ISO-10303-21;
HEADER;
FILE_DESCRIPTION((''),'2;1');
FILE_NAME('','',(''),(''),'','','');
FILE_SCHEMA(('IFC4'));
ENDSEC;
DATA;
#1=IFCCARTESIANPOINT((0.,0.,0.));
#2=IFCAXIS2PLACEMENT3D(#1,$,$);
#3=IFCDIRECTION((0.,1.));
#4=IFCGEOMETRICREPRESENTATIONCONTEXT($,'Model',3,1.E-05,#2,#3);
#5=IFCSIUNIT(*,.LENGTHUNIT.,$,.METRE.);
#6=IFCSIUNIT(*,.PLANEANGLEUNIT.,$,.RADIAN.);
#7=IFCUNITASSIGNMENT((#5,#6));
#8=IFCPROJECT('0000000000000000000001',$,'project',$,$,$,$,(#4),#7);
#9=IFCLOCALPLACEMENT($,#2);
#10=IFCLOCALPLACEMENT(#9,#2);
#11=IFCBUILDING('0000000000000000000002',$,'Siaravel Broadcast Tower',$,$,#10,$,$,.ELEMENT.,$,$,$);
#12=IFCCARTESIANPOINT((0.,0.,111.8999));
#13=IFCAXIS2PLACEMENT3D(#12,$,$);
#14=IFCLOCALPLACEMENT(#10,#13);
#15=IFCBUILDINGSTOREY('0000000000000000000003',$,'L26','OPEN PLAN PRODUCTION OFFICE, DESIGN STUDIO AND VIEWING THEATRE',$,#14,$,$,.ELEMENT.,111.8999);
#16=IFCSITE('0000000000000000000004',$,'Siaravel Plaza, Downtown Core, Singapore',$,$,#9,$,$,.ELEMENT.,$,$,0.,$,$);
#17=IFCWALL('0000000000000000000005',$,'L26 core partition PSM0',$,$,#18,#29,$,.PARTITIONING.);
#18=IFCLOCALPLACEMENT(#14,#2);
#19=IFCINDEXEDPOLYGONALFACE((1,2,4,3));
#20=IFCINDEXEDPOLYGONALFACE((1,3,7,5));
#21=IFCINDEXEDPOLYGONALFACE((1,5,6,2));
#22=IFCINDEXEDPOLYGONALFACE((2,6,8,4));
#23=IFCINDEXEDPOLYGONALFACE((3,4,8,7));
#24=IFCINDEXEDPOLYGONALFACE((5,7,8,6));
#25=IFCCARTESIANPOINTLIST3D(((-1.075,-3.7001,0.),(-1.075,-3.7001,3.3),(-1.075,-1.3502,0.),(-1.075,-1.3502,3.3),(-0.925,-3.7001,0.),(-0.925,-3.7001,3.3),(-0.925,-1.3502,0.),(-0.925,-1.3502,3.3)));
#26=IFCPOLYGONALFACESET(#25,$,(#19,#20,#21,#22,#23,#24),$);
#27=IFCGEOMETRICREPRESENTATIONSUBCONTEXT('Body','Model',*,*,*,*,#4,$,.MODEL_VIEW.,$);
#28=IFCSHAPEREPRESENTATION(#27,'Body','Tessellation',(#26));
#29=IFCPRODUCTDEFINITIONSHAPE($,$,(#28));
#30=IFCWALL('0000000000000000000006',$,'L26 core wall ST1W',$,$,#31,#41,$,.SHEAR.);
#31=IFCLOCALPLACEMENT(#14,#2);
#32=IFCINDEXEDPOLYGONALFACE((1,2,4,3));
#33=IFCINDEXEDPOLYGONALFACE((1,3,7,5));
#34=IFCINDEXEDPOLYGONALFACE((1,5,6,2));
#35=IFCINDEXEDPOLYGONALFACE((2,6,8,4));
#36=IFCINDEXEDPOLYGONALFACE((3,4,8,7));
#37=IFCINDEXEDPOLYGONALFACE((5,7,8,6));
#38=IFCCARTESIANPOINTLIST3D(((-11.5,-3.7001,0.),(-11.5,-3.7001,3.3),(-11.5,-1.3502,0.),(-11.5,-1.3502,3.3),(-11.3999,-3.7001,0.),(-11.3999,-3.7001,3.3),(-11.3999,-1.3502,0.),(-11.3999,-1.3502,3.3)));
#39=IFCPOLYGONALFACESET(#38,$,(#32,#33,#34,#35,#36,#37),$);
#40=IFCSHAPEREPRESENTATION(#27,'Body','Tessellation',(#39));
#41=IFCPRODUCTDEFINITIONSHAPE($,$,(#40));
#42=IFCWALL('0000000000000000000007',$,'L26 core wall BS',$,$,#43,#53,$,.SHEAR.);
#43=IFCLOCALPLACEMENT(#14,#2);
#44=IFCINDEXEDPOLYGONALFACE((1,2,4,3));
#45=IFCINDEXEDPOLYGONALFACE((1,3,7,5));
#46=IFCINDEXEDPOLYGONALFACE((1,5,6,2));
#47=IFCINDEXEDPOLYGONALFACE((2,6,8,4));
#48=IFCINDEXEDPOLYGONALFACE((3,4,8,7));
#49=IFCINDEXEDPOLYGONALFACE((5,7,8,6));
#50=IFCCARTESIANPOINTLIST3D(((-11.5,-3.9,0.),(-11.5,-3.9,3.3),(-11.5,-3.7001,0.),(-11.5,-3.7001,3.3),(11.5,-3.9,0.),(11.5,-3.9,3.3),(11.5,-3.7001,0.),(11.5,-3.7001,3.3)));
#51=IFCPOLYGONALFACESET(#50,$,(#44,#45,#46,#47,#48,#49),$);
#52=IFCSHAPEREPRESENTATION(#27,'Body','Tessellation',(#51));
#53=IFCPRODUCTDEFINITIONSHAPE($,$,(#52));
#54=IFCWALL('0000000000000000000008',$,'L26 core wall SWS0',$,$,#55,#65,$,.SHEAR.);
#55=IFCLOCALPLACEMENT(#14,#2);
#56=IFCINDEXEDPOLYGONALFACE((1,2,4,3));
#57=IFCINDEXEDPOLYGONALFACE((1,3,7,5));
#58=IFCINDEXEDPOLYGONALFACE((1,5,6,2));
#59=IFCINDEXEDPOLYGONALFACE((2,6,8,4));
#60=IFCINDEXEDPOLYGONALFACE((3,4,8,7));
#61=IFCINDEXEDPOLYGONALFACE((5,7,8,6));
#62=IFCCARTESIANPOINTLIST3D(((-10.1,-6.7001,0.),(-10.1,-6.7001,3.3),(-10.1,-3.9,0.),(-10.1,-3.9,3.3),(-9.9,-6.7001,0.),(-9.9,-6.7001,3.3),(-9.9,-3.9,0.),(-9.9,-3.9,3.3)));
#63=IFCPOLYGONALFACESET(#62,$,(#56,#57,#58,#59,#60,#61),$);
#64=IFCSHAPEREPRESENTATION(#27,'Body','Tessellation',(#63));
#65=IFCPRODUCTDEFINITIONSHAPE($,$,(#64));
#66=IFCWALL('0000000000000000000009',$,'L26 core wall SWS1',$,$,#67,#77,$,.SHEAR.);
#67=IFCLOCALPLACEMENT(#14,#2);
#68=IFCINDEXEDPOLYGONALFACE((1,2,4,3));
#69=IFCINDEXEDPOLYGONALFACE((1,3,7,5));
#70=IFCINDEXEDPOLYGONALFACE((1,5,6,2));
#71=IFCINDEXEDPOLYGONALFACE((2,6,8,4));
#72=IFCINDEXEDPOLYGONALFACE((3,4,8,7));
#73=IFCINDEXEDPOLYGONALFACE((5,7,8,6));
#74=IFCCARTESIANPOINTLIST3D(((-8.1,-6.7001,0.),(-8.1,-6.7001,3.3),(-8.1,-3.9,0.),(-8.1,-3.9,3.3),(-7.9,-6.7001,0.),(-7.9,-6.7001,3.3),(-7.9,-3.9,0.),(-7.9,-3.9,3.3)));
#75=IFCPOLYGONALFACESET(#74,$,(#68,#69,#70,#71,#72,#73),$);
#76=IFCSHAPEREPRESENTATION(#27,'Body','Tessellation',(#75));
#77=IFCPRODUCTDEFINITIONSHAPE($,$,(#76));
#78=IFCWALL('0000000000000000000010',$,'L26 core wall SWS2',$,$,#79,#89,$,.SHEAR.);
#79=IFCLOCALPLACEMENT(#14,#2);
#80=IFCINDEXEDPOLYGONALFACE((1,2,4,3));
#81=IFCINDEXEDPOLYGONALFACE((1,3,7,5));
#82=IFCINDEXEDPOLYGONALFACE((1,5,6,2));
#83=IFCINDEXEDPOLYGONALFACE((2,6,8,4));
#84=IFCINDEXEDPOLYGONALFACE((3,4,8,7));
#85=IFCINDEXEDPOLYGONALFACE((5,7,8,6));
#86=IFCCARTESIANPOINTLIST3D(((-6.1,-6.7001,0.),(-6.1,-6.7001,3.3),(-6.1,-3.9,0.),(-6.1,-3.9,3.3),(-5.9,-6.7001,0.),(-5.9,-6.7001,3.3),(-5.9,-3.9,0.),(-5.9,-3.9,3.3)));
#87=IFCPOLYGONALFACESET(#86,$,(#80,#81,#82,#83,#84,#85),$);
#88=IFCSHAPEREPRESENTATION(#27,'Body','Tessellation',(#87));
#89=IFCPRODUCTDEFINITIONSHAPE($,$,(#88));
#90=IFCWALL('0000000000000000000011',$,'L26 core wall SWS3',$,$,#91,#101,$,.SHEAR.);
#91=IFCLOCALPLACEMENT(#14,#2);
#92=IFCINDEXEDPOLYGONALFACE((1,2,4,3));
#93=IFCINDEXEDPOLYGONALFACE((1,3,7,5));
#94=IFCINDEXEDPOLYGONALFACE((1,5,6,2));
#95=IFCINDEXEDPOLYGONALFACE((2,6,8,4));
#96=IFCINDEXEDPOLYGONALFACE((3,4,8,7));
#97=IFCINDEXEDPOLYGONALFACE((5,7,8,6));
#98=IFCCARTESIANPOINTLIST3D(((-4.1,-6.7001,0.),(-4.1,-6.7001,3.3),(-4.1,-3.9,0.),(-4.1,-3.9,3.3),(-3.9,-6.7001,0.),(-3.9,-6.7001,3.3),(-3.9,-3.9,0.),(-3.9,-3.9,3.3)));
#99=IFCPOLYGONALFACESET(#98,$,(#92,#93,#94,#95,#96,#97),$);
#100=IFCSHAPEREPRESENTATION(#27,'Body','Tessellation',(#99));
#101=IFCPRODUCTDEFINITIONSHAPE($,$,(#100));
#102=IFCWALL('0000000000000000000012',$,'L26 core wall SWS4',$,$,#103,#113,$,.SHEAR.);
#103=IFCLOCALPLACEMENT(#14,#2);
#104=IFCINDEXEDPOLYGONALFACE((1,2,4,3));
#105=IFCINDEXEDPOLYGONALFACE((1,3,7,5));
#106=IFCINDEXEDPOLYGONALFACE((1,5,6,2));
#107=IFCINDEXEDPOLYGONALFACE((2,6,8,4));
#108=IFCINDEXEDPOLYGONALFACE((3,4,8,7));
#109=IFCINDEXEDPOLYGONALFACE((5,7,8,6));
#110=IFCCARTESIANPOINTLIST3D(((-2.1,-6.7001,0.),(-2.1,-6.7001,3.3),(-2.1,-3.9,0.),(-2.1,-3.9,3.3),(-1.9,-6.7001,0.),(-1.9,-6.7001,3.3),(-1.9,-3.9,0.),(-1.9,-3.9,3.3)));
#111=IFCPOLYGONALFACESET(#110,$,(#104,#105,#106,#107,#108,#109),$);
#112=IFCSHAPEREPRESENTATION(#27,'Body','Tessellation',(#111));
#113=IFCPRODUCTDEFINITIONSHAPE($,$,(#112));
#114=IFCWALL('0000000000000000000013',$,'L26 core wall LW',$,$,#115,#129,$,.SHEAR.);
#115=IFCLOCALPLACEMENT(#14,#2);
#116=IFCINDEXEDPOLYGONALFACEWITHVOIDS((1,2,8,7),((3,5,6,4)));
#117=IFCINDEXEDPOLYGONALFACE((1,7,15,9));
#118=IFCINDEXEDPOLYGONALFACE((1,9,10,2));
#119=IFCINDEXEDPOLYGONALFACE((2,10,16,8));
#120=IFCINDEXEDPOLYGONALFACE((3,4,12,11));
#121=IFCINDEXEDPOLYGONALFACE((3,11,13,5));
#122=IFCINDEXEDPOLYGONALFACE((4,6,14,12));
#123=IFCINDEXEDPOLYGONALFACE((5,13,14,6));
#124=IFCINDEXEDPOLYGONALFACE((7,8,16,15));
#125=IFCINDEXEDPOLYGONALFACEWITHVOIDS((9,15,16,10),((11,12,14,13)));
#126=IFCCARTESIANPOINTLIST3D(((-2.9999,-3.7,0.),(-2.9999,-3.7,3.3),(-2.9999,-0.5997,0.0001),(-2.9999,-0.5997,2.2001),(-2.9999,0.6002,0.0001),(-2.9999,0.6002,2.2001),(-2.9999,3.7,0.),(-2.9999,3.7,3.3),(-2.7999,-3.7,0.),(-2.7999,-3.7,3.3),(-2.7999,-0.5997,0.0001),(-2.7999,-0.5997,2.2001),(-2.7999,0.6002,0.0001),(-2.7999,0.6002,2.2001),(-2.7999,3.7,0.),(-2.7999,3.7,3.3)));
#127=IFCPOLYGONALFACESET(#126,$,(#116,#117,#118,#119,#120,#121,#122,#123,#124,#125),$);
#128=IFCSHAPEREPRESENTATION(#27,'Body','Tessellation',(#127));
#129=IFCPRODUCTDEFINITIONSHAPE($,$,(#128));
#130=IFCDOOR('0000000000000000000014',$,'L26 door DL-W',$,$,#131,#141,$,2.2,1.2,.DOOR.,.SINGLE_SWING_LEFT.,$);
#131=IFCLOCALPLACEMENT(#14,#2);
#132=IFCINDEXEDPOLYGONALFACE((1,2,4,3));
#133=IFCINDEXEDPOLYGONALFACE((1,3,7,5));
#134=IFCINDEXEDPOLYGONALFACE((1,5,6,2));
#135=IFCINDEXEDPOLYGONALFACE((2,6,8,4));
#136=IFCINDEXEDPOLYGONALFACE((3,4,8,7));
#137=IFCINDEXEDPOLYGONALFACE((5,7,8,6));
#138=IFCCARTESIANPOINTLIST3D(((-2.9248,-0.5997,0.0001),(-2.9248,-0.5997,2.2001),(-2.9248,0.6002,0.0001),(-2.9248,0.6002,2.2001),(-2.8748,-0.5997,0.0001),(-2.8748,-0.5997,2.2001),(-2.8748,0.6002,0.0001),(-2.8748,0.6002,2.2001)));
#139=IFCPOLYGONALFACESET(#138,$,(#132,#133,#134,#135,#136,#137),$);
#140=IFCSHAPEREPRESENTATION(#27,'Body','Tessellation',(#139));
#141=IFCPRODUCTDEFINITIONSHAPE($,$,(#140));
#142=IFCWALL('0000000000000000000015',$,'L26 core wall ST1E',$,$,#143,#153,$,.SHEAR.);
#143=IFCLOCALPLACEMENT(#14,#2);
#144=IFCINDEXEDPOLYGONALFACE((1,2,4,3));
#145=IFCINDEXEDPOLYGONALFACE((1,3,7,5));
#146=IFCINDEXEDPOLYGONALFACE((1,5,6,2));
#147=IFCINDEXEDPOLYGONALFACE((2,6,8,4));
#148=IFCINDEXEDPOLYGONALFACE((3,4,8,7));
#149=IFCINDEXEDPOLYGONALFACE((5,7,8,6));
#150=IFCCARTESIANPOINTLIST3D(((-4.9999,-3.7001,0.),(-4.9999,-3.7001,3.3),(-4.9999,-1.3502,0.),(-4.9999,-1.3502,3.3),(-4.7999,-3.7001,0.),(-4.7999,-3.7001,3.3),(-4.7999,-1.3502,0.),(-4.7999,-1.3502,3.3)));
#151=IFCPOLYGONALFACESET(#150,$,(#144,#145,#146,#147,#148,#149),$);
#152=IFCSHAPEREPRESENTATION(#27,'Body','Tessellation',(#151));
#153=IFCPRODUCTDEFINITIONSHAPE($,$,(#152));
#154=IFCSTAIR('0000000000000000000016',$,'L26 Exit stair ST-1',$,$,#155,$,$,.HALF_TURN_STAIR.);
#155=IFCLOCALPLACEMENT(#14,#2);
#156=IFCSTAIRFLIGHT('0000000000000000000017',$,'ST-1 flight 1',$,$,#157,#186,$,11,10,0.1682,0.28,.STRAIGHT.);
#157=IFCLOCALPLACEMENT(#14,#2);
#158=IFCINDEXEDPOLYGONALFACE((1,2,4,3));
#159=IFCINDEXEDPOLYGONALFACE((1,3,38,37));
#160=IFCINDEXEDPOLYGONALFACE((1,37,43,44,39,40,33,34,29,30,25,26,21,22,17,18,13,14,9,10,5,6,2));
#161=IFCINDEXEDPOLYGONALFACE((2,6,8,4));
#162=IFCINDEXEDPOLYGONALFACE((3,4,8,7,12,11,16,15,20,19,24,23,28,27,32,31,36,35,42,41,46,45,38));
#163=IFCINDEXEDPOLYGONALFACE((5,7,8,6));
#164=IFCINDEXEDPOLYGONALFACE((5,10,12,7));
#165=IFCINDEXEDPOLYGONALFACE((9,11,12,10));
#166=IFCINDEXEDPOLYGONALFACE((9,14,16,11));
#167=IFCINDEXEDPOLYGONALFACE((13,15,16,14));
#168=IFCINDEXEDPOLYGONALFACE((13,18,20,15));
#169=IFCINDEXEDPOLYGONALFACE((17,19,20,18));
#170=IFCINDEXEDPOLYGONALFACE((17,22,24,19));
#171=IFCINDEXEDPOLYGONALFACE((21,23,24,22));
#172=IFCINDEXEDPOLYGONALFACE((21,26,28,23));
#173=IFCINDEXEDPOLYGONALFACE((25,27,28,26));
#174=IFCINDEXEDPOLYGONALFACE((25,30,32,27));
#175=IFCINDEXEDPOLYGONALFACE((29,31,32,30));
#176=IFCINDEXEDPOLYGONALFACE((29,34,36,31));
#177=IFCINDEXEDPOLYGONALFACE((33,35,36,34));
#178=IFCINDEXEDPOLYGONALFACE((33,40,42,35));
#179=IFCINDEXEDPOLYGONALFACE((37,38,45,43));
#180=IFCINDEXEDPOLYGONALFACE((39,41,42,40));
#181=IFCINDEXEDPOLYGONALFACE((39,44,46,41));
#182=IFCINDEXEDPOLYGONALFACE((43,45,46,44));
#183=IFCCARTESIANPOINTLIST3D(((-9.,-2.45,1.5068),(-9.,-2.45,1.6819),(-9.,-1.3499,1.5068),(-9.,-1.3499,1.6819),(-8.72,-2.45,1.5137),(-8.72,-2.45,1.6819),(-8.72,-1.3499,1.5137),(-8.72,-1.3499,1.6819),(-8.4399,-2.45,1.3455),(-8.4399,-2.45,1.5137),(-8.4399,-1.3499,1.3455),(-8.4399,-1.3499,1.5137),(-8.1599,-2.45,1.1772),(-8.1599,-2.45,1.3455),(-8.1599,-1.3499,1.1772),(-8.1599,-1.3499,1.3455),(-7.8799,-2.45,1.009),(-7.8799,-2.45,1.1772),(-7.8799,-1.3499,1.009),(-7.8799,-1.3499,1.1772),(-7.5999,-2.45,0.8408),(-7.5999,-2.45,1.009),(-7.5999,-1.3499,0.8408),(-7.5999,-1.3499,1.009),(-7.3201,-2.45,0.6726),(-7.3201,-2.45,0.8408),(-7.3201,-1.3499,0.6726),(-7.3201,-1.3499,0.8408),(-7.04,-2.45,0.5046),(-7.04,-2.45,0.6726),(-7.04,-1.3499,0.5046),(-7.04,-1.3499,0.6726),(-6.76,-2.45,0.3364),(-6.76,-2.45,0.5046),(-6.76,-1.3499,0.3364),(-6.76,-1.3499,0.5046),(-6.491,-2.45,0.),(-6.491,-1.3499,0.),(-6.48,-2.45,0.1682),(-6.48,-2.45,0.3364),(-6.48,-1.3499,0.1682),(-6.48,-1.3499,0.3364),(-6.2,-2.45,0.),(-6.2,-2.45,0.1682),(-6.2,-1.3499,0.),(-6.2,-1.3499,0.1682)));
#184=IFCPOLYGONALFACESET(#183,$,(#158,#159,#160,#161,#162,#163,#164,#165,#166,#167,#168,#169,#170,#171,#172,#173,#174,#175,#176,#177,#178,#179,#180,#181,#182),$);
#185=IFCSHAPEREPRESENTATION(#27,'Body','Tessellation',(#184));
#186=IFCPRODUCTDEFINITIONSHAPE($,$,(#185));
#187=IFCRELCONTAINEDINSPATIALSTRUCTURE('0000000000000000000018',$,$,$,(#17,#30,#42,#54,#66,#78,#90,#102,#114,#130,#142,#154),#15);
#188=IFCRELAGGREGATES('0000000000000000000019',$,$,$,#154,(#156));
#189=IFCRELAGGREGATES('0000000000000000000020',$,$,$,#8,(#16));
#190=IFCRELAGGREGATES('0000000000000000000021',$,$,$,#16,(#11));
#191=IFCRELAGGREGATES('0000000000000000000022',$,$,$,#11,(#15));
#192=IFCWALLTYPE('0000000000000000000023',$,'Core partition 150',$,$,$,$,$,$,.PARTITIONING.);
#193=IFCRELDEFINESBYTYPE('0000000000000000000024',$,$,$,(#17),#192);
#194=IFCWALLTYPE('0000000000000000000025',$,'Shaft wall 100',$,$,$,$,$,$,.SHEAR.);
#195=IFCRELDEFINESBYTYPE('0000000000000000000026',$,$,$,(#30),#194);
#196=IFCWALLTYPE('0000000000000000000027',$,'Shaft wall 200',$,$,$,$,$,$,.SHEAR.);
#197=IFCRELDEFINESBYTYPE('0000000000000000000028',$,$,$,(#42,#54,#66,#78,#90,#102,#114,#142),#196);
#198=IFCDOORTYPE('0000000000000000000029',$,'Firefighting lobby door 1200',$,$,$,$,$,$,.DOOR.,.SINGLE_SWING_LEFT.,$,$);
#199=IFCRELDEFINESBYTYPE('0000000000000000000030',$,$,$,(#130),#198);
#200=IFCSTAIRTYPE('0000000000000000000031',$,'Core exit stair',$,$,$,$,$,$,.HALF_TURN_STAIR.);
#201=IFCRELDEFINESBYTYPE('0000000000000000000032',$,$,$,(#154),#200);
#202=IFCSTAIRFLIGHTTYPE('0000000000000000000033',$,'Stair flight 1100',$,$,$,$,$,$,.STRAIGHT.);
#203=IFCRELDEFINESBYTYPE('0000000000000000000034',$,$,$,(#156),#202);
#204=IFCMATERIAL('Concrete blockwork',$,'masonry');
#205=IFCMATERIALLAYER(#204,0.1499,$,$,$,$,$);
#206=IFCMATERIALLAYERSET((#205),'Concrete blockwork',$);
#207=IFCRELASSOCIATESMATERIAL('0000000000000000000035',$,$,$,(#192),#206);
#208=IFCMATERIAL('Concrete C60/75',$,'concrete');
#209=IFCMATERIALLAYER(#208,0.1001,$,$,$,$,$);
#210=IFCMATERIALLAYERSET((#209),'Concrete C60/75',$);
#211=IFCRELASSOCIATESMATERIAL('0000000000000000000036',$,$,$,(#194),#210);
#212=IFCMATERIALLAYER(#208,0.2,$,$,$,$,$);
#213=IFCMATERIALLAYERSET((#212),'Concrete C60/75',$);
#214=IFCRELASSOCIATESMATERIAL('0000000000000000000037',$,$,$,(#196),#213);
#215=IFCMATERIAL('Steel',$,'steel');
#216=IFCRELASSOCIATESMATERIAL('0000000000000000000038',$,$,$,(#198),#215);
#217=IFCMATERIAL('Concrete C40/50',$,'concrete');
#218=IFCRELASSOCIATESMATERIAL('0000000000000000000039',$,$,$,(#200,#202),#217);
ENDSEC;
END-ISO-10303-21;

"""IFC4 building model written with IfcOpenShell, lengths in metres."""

from ifc_helpers import new_model, si_unit, direction, frame, frame_2d, origin, place, context, subcontext, project, spatial, polyline, rectangle, outline, extrude, material, layer, layer_set, type_object, element, fill, aggregate, save


model = new_model("IFC4")

# Units and contexts
model_context = context("Model", 3, precision=1e-05, world=origin(), true_north=direction((0.0, 1.0)))
body_context = subcontext(model_context, "Body", "Model", "MODEL_VIEW")
ifc_project = project(units=[si_unit("LENGTHUNIT", "METRE"), si_unit("PLANEANGLEUNIT", "RADIAN")], contexts=[model_context])

# Site, building, storey
site_placement = place(None, origin())
site = spatial("IfcSite", under=ifc_project, at=site_placement, Name="Siaravel Plaza, Downtown Core, Singapore", CompositionType="ELEMENT", RefElevation=0.0)
building_placement = place(site_placement, origin())
building = spatial("IfcBuilding", under=site, at=building_placement, Name="Siaravel Broadcast Tower", CompositionType="ELEMENT")
storey_placement = place(building_placement, frame((0.0, 0.0, 111.8999)))
storey = spatial("IfcBuildingStorey", under=building, at=storey_placement, Name="L26", Description="OPEN PLAN PRODUCTION OFFICE, DESIGN STUDIO AND VIEWING THEATRE", CompositionType="ELEMENT", Elevation=111.8999)

# Walls
ifc_material_1 = material(Name="Concrete blockwork", Category="masonry")
ifc_layer_1 = layer(ifc_material_1, 0.1499)
ifc_layer_set_1 = layer_set([ifc_layer_1], Name="Concrete blockwork")
wall_type_1 = type_object("IfcWallType", Name="Core partition 150", PredefinedType="PARTITIONING", material=ifc_layer_set_1)
wall_1_placement = place(storey_placement, frame((-1.0, -3.7, 0.0), z_axis=(0.0, 0.0, 1.0), x_axis=(0.0, 1.0, 0.0)))
element("IfcWall", 1, at=wall_1_placement, inside=storey, type_object=wall_type_1, Name="L26 core partition PSM0", PredefinedType="PARTITIONING", context=body_context, shape_type="SweptSolid", body=[
    extrude(rectangle(XDim=2.3499, YDim=0.1499, at=frame_2d((1.1748, 0.0))), origin(), (0.0, 0.0, 1.0), 3.3),
])
ifc_material_2 = material(Name="Concrete C60/75", Category="concrete")
ifc_layer_2 = layer(ifc_material_2, 0.1001)
ifc_layer_set_2 = layer_set([ifc_layer_2], Name="Concrete C60/75")
wall_type_2 = type_object("IfcWallType", Name="Shaft wall 100", PredefinedType="SHEAR", material=ifc_layer_set_2)
wall_2_placement = place(storey_placement, frame((-11.45, -3.7, 0.0), z_axis=(0.0, 0.0, 1.0), x_axis=(0.0, 1.0, 0.0)))
element("IfcWall", 2, at=wall_2_placement, inside=storey, type_object=wall_type_2, Name="L26 core wall ST1W", PredefinedType="SHEAR", context=body_context, shape_type="SweptSolid", body=[
    extrude(rectangle(XDim=2.3499, YDim=0.1001, at=frame_2d((1.1748, 0.0))), origin(), (0.0, 0.0, 1.0), 3.3),
])
ifc_layer_3 = layer(ifc_material_2, 0.2)
ifc_layer_set_3 = layer_set([ifc_layer_3], Name="Concrete C60/75")
wall_type_3 = type_object("IfcWallType", Name="Shaft wall 200", PredefinedType="SHEAR", material=ifc_layer_set_3)
wall_3_placement = place(storey_placement, frame((-11.5, -3.8, 0.0), z_axis=(0.0, 0.0, 1.0), x_axis=(1.0, 0.0, 0.0)))
element("IfcWall", 3, at=wall_3_placement, inside=storey, type_object=wall_type_3, Name="L26 core wall BS", PredefinedType="SHEAR", context=body_context, shape_type="SweptSolid", body=[
    extrude(rectangle(XDim=23.0, YDim=0.2, at=frame_2d((11.5, 0.0))), origin(), (0.0, 0.0, 1.0), 3.3),
])
for number, where, z_axis, x_axis, name in (
    (4, (-10.0, -6.7, 0.0), (0.0, 0.0, 1.0), (0.0, 1.0, 0.0), "L26 core wall SWS0"),
    (5, (-8.0, -6.7, 0.0), (0.0, 0.0, 1.0), (0.0, 1.0, 0.0), "L26 core wall SWS1"),
    (6, (-6.0, -6.7, 0.0), (0.0, 0.0, 1.0), (0.0, 1.0, 0.0), "L26 core wall SWS2"),
    (7, (-4.0, -6.7, 0.0), (0.0, 0.0, 1.0), (0.0, 1.0, 0.0), "L26 core wall SWS3"),
    (8, (-2.0, -6.7, 0.0), (0.0, 0.0, 1.0), (0.0, 1.0, 0.0), "L26 core wall SWS4"),
):
    element("IfcWall", number, at=place(storey_placement, frame(where, z_axis=z_axis, x_axis=x_axis)), inside=storey, type_object=wall_type_3, Name=name, PredefinedType="SHEAR", context=body_context, shape_type="SweptSolid", body=[
        extrude(rectangle(XDim=2.8, YDim=0.2, at=frame_2d((1.3999, 0.0))), origin(), (0.0, 0.0, 1.0), 3.3),
    ])

# Wall, opening, door
wall_4_placement = place(storey_placement, frame((-2.8999, -3.7, 0.0), z_axis=(0.0, 0.0, 1.0), x_axis=(0.0, 1.0, 0.0)))
wall_4 = element("IfcWall", 9, at=wall_4_placement, inside=storey, type_object=wall_type_3, Name="L26 core wall LW", PredefinedType="SHEAR", context=body_context, shape_type="SweptSolid", body=[
    extrude(rectangle(XDim=7.3999, YDim=0.2, at=frame_2d((3.7, 0.0))), origin(), (0.0, 0.0, 1.0), 3.3),
])
opening_placement = place(wall_4_placement, frame((3.1001, 0.0, 0.0)))
opening = element("IfcOpeningElement", 10, at=opening_placement, cuts=wall_4, PredefinedType="OPENING", context=body_context, shape_type="SweptSolid", body=[
    extrude(rectangle(XDim=1.2, YDim=2.2, at=frame_2d((0.6001, 1.1001))), frame((0.0, 0.1099, 0.0), z_axis=(0.0, -1.0, 0.0), x_axis=(1.0, 0.0, 0.0)), (0.0, 0.0, 1.0), 0.22),
])
ifc_material_3 = material(Name="Steel", Category="steel")
door_type = type_object("IfcDoorType", Name="Firefighting lobby door 1200", OperationType="SINGLE_SWING_LEFT", PredefinedType="DOOR", material=ifc_material_3)
door_placement = place(opening_placement, origin())
door = element("IfcDoor", 11, at=door_placement, inside=storey, type_object=door_type, Name="L26 door DL-W", OperationType="SINGLE_SWING_LEFT", OverallHeight=2.2, OverallWidth=1.2, PredefinedType="DOOR", context=body_context, shape_type="SweptSolid", body=[
    extrude(rectangle(XDim=1.2, YDim=2.2, at=frame_2d((0.6001, 1.1001))), frame((0.0, 0.0249, 0.0), z_axis=(0.0, -1.0, 0.0), x_axis=(1.0, 0.0, 0.0)), (0.0, 0.0, 1.0), 0.05),
])
fill(opening, door)

# Wall
wall_5_placement = place(storey_placement, frame((-4.8999, -3.7, 0.0), z_axis=(0.0, 0.0, 1.0), x_axis=(0.0, 1.0, 0.0)))
element("IfcWall", 12, at=wall_5_placement, inside=storey, type_object=wall_type_3, Name="L26 core wall ST1E", PredefinedType="SHEAR", context=body_context, shape_type="SweptSolid", body=[
    extrude(rectangle(XDim=2.3499, YDim=0.2, at=frame_2d((1.1748, 0.0))), origin(), (0.0, 0.0, 1.0), 3.3),
])

# Stair, stair flight
ifc_material_4 = material(Name="Concrete C40/50", Category="concrete")
stair_type = type_object("IfcStairType", Name="Core exit stair", PredefinedType="HALF_TURN_STAIR", material=ifc_material_4)
stair_placement = place(storey_placement, origin())
stair = element("IfcStair", 13, at=stair_placement, inside=storey, type_object=stair_type, Name="L26 Exit stair ST-1", PredefinedType="HALF_TURN_STAIR")
stair_flight_type = type_object("IfcStairFlightType", Name="Stair flight 1100", PredefinedType="STRAIGHT", material=ifc_material_4)
stair_flight_1_placement = place(storey_placement, frame((-6.2, -1.8999, 0.0), z_axis=(0.0, 0.0, 1.0), x_axis=(-1.0, 0.0, 0.0)))
stair_flight_1 = element("IfcStairFlight", 14, at=stair_flight_1_placement, type_object=stair_flight_type, Name="ST-1 flight 1", NumberOfRisers=11, NumberOfTreads=10, PredefinedType="STRAIGHT", RiserHeight=0.1682, TreadLength=0.28, context=body_context, shape_type="SweptSolid", body=[
    extrude(outline(polyline([(0.0, 0.0), (0.0, 0.1682), (0.28, 0.1682), (0.28, 0.3364), (0.5601, 0.3364), (0.5601, 0.5046), (0.8401, 0.5046), (0.8401, 0.6726), (1.1201, 0.6726), (1.1201, 0.8408), (1.3999, 0.8408), (1.3999, 1.009), (1.6799, 1.009), (1.6799, 1.1772), (1.96, 1.1772), (1.96, 1.3455), (2.24, 1.3455), (2.24, 1.5137), (2.52, 1.5137), (2.52, 1.6819), (2.8, 1.6819), (2.8, 1.8501), (2.8, 1.5068), (0.291, 0.0), (0.0, 0.0)])), frame((0.0, 0.55, 0.0), z_axis=(0.0, -1.0, 0.0), x_axis=(1.0, 0.0, 0.0)), (0.0, 0.0, 1.0), 1.1001),
])
aggregate(stair, [stair_flight_1])

save(model, "model.ifc")
